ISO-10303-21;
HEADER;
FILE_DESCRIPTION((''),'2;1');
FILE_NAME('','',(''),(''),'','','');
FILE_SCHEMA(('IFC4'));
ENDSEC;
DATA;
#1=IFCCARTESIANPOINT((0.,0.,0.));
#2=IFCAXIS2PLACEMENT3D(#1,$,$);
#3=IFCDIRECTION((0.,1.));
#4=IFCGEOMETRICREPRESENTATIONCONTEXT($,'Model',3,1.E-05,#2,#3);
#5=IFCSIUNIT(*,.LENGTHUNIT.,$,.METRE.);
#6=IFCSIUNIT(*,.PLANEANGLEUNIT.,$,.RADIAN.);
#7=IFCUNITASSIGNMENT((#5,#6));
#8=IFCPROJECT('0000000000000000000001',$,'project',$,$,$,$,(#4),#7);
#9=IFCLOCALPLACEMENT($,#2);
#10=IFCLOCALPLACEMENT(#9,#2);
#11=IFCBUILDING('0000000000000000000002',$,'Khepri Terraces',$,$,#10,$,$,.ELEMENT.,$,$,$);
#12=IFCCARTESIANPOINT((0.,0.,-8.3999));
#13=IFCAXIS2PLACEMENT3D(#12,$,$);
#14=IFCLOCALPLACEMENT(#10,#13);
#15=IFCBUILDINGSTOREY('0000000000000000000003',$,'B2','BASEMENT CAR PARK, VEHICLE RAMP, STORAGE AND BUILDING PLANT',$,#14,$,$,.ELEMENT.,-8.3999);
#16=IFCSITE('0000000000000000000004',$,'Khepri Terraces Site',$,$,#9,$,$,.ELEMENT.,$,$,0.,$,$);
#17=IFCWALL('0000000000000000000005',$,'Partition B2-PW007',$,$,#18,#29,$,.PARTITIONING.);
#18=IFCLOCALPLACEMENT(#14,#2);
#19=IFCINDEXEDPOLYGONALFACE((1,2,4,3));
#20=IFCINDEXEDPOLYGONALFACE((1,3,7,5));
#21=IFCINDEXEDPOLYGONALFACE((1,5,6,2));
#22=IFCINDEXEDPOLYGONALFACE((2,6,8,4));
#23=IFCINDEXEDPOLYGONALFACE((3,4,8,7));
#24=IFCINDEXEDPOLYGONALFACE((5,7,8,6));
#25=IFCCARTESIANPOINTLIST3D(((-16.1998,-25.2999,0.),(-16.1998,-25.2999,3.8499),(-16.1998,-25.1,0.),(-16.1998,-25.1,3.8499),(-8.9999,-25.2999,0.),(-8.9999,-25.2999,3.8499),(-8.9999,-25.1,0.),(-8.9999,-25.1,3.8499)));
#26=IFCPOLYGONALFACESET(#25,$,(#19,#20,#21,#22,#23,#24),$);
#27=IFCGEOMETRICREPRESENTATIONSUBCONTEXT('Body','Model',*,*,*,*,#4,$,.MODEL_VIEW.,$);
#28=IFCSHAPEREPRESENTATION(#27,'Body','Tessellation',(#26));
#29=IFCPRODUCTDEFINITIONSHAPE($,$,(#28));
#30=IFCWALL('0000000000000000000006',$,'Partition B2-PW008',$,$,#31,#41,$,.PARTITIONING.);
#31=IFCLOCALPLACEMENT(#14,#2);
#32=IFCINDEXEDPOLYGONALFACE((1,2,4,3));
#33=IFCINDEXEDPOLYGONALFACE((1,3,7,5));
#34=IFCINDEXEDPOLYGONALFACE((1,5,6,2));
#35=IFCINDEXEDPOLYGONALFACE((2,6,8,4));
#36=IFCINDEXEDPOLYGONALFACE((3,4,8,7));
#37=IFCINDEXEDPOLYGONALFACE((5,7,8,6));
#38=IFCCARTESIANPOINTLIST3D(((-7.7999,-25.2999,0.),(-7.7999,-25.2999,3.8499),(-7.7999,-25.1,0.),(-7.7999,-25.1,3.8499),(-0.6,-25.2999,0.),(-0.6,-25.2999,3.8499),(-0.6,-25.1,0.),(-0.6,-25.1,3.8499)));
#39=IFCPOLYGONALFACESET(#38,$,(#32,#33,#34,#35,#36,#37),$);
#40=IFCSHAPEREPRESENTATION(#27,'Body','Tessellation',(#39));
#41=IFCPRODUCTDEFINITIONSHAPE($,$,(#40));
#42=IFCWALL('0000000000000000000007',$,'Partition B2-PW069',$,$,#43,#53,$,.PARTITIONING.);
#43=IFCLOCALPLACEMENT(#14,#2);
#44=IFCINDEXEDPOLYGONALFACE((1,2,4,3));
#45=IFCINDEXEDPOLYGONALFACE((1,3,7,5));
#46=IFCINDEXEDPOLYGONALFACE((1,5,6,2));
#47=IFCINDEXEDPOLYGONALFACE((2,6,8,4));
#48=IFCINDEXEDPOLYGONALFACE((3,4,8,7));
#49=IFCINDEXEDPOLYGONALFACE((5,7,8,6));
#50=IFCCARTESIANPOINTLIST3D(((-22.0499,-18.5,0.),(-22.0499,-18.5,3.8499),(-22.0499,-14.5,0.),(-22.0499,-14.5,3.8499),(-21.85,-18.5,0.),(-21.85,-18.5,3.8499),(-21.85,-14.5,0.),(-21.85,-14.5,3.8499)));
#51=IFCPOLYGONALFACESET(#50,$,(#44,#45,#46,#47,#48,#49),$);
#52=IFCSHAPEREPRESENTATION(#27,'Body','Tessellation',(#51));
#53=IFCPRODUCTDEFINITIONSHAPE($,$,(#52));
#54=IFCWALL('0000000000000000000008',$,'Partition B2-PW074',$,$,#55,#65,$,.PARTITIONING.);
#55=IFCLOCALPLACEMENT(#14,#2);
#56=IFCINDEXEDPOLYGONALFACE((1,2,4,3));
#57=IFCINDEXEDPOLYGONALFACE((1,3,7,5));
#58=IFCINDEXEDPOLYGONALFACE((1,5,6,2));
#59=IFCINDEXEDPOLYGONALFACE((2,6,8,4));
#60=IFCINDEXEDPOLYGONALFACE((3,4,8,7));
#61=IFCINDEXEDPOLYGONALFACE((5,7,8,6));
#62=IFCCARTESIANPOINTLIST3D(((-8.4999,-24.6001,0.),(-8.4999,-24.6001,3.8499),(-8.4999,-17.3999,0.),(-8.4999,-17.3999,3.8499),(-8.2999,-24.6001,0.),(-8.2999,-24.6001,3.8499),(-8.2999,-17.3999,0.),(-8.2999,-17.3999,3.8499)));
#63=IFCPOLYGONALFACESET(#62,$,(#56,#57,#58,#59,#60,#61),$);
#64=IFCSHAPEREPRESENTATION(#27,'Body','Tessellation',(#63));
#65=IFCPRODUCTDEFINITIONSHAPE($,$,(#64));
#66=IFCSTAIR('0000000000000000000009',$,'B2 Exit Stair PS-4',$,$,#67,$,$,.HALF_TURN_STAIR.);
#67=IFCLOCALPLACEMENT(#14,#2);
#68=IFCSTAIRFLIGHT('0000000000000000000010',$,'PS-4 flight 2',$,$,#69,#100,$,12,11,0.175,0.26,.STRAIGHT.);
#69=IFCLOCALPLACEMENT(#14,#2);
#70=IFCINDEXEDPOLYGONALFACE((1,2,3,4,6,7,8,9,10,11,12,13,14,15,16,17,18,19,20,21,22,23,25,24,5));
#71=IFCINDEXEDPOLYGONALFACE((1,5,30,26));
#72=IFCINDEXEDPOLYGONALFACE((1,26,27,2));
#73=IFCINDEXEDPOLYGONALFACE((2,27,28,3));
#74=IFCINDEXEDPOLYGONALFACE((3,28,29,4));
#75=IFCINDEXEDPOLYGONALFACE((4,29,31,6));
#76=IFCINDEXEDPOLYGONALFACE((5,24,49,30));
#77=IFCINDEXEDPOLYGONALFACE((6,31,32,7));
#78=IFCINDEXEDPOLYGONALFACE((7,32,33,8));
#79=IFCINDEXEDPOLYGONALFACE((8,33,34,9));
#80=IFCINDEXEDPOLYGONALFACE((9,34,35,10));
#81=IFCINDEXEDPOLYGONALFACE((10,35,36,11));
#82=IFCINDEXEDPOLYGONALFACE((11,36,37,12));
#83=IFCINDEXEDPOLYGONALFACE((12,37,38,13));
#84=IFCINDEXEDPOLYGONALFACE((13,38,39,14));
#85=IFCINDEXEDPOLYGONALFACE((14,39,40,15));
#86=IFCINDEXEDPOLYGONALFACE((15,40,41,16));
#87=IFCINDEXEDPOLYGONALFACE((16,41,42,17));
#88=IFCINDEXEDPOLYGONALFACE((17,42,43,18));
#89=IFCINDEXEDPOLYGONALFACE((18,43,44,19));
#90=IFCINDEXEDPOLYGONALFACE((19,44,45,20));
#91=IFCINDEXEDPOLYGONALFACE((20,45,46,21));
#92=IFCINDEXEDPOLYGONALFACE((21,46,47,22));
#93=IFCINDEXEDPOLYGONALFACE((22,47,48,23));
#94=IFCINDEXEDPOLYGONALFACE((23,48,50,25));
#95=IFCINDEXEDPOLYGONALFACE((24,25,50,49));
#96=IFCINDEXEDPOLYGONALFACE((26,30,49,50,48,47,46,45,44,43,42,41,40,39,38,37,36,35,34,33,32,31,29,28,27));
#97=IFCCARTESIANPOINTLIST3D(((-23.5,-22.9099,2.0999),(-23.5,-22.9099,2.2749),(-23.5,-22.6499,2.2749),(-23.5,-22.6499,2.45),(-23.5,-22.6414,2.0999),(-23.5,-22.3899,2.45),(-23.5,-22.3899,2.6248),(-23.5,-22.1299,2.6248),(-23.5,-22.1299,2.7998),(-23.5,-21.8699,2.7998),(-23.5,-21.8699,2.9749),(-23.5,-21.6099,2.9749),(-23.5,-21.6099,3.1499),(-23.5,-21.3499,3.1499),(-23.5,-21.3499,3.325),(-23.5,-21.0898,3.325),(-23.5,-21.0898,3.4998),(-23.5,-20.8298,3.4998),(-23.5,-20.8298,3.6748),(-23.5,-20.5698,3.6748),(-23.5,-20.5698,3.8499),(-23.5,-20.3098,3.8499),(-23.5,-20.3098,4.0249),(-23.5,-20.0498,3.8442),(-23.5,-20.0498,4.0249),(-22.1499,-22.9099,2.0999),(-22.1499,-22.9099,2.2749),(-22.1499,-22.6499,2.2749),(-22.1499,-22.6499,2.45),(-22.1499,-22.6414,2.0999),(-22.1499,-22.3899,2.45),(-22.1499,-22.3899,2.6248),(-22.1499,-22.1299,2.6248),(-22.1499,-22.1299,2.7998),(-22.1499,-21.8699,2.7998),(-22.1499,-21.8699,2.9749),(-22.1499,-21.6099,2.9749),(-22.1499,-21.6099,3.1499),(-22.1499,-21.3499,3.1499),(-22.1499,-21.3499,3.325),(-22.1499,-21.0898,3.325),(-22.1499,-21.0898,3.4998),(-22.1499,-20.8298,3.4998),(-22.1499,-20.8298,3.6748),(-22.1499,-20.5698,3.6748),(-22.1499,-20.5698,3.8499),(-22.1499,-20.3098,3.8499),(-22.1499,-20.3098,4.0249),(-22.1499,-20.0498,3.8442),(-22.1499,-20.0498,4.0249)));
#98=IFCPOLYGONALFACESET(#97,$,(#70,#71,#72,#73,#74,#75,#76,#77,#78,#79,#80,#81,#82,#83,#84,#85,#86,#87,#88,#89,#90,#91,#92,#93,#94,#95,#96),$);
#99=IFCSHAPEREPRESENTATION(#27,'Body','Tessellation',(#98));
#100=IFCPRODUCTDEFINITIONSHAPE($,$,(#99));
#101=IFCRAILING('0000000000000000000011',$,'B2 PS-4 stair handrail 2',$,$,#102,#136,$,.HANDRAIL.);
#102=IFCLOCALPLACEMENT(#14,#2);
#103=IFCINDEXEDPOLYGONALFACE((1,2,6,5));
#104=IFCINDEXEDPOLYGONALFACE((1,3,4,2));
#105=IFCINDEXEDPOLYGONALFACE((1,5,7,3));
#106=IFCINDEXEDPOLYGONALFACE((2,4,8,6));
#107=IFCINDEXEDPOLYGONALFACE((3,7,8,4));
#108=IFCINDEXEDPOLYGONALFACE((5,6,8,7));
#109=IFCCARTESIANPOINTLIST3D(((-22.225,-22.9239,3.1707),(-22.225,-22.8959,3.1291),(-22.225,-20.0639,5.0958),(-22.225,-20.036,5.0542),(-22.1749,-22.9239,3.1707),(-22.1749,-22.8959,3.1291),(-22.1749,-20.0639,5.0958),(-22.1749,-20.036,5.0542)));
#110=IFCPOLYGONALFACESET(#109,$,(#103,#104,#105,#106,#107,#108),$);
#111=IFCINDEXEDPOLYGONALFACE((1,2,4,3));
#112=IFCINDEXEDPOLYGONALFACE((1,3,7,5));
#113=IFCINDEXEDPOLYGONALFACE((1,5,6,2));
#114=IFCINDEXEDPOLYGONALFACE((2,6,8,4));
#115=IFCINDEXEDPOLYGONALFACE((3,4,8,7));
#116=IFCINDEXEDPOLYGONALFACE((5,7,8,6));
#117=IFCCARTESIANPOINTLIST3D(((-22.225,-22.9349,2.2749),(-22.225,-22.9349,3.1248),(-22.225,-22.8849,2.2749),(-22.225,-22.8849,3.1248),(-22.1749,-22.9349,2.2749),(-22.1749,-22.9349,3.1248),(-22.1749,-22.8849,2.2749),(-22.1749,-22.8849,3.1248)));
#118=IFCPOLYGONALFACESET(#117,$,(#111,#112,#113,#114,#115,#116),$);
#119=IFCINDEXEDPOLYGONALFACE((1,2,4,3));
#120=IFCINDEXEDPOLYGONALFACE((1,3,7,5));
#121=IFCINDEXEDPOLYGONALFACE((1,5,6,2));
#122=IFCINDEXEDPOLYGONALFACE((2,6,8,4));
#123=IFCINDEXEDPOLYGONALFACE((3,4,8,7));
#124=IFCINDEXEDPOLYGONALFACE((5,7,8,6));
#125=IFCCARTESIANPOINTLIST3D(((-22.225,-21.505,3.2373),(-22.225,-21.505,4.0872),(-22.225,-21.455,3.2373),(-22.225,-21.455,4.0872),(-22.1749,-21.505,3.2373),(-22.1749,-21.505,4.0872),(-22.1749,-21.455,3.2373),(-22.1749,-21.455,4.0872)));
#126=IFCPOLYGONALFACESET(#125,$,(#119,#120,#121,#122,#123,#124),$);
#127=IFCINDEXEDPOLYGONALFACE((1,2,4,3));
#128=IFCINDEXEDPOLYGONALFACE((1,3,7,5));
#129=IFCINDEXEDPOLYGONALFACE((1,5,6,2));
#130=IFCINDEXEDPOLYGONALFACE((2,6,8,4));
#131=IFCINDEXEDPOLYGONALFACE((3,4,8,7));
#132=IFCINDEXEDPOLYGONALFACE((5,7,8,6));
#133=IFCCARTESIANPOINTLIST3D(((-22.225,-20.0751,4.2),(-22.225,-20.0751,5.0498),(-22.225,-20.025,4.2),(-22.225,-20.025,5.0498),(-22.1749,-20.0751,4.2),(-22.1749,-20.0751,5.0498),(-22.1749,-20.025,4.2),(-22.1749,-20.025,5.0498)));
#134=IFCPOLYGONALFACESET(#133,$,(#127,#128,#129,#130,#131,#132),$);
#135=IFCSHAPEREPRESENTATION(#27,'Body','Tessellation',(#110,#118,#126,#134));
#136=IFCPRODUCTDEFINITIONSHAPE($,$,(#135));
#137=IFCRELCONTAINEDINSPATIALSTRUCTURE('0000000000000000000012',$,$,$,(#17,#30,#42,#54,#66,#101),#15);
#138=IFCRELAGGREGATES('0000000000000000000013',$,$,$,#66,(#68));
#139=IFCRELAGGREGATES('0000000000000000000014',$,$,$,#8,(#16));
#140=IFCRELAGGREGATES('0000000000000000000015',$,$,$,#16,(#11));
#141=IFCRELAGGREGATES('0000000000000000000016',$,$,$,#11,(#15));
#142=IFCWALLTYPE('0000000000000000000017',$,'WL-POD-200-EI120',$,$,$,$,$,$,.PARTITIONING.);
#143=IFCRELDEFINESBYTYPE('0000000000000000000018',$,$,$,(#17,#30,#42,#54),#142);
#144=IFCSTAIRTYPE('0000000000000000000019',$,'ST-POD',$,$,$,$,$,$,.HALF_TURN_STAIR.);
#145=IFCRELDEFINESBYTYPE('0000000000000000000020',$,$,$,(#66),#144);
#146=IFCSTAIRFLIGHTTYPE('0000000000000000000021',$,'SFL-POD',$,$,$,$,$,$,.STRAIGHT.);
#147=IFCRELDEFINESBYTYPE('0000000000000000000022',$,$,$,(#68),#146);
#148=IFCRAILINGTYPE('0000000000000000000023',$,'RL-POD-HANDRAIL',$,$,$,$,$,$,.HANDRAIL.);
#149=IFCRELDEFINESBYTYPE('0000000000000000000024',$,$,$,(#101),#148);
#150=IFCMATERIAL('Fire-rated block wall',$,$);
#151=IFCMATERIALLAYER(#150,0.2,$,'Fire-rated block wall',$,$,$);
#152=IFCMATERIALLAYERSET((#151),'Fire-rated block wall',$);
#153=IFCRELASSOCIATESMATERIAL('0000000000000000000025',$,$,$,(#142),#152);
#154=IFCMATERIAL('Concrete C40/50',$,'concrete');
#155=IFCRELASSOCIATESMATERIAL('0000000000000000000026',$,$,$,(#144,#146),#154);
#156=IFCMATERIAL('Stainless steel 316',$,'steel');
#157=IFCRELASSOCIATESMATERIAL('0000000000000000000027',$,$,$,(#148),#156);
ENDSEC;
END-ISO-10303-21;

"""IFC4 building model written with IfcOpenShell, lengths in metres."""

from ifc_helpers import new_model, si_unit, direction, frame, frame_2d, origin, origin_2d, place, context, subcontext, project, spatial, polyline, rectangle, outline, extrude, material, layer, layer_set, type_object, element, aggregate, save


model = new_model("IFC4")

# Units and contexts
model_context = context("Model", 3, precision=1e-05, world=origin(), true_north=direction((0.0, 1.0)))
body_context = subcontext(model_context, "Body", "Model", "MODEL_VIEW")
ifc_project = project(units=[si_unit("LENGTHUNIT", "METRE"), si_unit("PLANEANGLEUNIT", "RADIAN")], contexts=[model_context])

# Site, building, storey
site_placement = place(None, origin())
site = spatial("IfcSite", under=ifc_project, at=site_placement, Name="Khepri Terraces Site", CompositionType="ELEMENT", RefElevation=0.0)
building_placement = place(site_placement, origin())
building = spatial("IfcBuilding", under=site, at=building_placement, Name="Khepri Terraces", CompositionType="ELEMENT")
storey_placement = place(building_placement, frame((0.0, 0.0, -8.3999)))
storey = spatial("IfcBuildingStorey", under=building, at=storey_placement, Name="B2", Description="BASEMENT CAR PARK, VEHICLE RAMP, STORAGE AND BUILDING PLANT", CompositionType="ELEMENT", Elevation=-8.3999)

# Walls
ifc_material_1 = material(Name="Fire-rated block wall")
ifc_layer = layer(ifc_material_1, 0.2, Name="Fire-rated block wall")
ifc_layer_set = layer_set([ifc_layer], Name="Fire-rated block wall")
wall_type = type_object("IfcWallType", Name="WL-POD-200-EI120", PredefinedType="PARTITIONING", material=ifc_layer_set)
for number, where, z_axis, x_axis, name in (
    (1, (-16.2, -25.2, 0.0), (0.0, 0.0, 1.0), (1.0, 0.0, 0.0), "Partition B2-PW007"),
    (2, (-7.8, -25.2, 0.0), (0.0, 0.0, 1.0), (1.0, 0.0, 0.0), "Partition B2-PW008"),
):
    element("IfcWall", number, at=place(storey_placement, frame(where, z_axis=z_axis, x_axis=x_axis)), inside=storey, type_object=wall_type, Name=name, PredefinedType="PARTITIONING", context=body_context, shape_type="SweptSolid", body=[
        extrude(rectangle(XDim=7.2, YDim=0.2, at=frame_2d((3.6001, 0.0))), origin(), (0.0, 0.0, 1.0), 3.8499),
    ])
wall_1_placement = place(storey_placement, frame((-21.95, -18.5, 0.0), z_axis=(0.0, 0.0, 1.0), x_axis=(0.0, 1.0, 0.0)))
element("IfcWall", 3, at=wall_1_placement, inside=storey, type_object=wall_type, Name="Partition B2-PW069", PredefinedType="PARTITIONING", context=body_context, shape_type="SweptSolid", body=[
    extrude(rectangle(XDim=4.0, YDim=0.2, at=frame_2d((2.0, 0.0))), origin(), (0.0, 0.0, 1.0), 3.8499),
])
wall_2_placement = place(storey_placement, frame((-8.3999, -24.6001, 0.0), z_axis=(0.0, 0.0, 1.0), x_axis=(0.0, 1.0, 0.0)))
element("IfcWall", 4, at=wall_2_placement, inside=storey, type_object=wall_type, Name="Partition B2-PW074", PredefinedType="PARTITIONING", context=body_context, shape_type="SweptSolid", body=[
    extrude(rectangle(XDim=7.2002, YDim=0.2, at=frame_2d((3.6001, 0.0))), origin(), (0.0, 0.0, 1.0), 3.8499),
])

# Stair, stair flight
ifc_material_2 = material(Name="Concrete C40/50", Category="concrete")
stair_type = type_object("IfcStairType", Name="ST-POD", PredefinedType="HALF_TURN_STAIR", material=ifc_material_2)
stair_placement = place(storey_placement, origin())
stair = element("IfcStair", 5, at=stair_placement, inside=storey, type_object=stair_type, Name="B2 Exit Stair PS-4", PredefinedType="HALF_TURN_STAIR")
stair_flight_type = type_object("IfcStairFlightType", Name="SFL-POD", PredefinedType="STRAIGHT", material=ifc_material_2)
stair_flight_placement = place(storey_placement, frame((-22.825, -22.9099, 2.0999), z_axis=(0.0, 0.0, 1.0), x_axis=(0.0, 1.0, 0.0)))
stair_flight = element("IfcStairFlight", 6, at=stair_flight_placement, type_object=stair_flight_type, Name="PS-4 flight 2", NumberOfRisers=12, NumberOfTreads=11, PredefinedType="STRAIGHT", RiserHeight=0.175, TreadLength=0.26, context=body_context, shape_type="SweptSolid", body=[
    extrude(outline(polyline([(0.0, 0.0), (0.0, 0.175), (0.26, 0.175), (0.26, 0.3501), (0.52, 0.3501), (0.52, 0.5249), (0.78, 0.5249), (0.78, 0.7), (1.04, 0.7), (1.04, 0.875), (1.3, 0.875), (1.3, 1.05), (1.5601, 1.05), (1.5601, 1.2251), (1.8201, 1.2251), (1.8201, 1.3999), (2.0801, 1.3999), (2.0801, 1.575), (2.3401, 1.575), (2.3401, 1.75), (2.6001, 1.75), (2.6001, 1.925), (2.8601, 1.925), (2.8601, 2.1001), (2.8601, 1.7444), (0.2686, 0.0), (0.0, 0.0)])), frame((0.0, 0.675, 0.0), z_axis=(0.0, -1.0, 0.0), x_axis=(1.0, 0.0, 0.0)), (0.0, 0.0, 1.0), 1.3501),
])
aggregate(stair, [stair_flight])

# Railing
ifc_material_3 = material(Name="Stainless steel 316", Category="steel")
railing_type = type_object("IfcRailingType", Name="RL-POD-HANDRAIL", PredefinedType="HANDRAIL", material=ifc_material_3)
railing_placement = place(storey_placement, frame((-22.2, -22.9099, 2.2749)))
element("IfcRailing", 7, at=railing_placement, inside=storey, type_object=railing_type, Name="B2 PS-4 stair handrail 2", PredefinedType="HANDRAIL", context=body_context, shape_type="SweptSolid", body=[
    extrude(rectangle(XDim=0.05, YDim=0.05, at=origin_2d()), frame((0.0, 0.0, 0.875), z_axis=(0.0, 0.829569, 0.558404), x_axis=(-1.0, 0.0, 0.0)), (0.0, 0.0, 1.0), 3.4475),
    extrude(rectangle(XDim=0.05, YDim=0.05, at=origin_2d()), origin(), (0.0, 0.0, 1.0), 0.8499),
    extrude(rectangle(XDim=0.05, YDim=0.05, at=origin_2d()), frame((0.0, 1.4299, 0.9624)), (0.0, 0.0, 1.0), 0.8499),
    extrude(rectangle(XDim=0.05, YDim=0.05, at=origin_2d()), frame((0.0, 2.8599, 1.925)), (0.0, 0.0, 1.0), 0.8499),
])

save(model, "model.ifc")
